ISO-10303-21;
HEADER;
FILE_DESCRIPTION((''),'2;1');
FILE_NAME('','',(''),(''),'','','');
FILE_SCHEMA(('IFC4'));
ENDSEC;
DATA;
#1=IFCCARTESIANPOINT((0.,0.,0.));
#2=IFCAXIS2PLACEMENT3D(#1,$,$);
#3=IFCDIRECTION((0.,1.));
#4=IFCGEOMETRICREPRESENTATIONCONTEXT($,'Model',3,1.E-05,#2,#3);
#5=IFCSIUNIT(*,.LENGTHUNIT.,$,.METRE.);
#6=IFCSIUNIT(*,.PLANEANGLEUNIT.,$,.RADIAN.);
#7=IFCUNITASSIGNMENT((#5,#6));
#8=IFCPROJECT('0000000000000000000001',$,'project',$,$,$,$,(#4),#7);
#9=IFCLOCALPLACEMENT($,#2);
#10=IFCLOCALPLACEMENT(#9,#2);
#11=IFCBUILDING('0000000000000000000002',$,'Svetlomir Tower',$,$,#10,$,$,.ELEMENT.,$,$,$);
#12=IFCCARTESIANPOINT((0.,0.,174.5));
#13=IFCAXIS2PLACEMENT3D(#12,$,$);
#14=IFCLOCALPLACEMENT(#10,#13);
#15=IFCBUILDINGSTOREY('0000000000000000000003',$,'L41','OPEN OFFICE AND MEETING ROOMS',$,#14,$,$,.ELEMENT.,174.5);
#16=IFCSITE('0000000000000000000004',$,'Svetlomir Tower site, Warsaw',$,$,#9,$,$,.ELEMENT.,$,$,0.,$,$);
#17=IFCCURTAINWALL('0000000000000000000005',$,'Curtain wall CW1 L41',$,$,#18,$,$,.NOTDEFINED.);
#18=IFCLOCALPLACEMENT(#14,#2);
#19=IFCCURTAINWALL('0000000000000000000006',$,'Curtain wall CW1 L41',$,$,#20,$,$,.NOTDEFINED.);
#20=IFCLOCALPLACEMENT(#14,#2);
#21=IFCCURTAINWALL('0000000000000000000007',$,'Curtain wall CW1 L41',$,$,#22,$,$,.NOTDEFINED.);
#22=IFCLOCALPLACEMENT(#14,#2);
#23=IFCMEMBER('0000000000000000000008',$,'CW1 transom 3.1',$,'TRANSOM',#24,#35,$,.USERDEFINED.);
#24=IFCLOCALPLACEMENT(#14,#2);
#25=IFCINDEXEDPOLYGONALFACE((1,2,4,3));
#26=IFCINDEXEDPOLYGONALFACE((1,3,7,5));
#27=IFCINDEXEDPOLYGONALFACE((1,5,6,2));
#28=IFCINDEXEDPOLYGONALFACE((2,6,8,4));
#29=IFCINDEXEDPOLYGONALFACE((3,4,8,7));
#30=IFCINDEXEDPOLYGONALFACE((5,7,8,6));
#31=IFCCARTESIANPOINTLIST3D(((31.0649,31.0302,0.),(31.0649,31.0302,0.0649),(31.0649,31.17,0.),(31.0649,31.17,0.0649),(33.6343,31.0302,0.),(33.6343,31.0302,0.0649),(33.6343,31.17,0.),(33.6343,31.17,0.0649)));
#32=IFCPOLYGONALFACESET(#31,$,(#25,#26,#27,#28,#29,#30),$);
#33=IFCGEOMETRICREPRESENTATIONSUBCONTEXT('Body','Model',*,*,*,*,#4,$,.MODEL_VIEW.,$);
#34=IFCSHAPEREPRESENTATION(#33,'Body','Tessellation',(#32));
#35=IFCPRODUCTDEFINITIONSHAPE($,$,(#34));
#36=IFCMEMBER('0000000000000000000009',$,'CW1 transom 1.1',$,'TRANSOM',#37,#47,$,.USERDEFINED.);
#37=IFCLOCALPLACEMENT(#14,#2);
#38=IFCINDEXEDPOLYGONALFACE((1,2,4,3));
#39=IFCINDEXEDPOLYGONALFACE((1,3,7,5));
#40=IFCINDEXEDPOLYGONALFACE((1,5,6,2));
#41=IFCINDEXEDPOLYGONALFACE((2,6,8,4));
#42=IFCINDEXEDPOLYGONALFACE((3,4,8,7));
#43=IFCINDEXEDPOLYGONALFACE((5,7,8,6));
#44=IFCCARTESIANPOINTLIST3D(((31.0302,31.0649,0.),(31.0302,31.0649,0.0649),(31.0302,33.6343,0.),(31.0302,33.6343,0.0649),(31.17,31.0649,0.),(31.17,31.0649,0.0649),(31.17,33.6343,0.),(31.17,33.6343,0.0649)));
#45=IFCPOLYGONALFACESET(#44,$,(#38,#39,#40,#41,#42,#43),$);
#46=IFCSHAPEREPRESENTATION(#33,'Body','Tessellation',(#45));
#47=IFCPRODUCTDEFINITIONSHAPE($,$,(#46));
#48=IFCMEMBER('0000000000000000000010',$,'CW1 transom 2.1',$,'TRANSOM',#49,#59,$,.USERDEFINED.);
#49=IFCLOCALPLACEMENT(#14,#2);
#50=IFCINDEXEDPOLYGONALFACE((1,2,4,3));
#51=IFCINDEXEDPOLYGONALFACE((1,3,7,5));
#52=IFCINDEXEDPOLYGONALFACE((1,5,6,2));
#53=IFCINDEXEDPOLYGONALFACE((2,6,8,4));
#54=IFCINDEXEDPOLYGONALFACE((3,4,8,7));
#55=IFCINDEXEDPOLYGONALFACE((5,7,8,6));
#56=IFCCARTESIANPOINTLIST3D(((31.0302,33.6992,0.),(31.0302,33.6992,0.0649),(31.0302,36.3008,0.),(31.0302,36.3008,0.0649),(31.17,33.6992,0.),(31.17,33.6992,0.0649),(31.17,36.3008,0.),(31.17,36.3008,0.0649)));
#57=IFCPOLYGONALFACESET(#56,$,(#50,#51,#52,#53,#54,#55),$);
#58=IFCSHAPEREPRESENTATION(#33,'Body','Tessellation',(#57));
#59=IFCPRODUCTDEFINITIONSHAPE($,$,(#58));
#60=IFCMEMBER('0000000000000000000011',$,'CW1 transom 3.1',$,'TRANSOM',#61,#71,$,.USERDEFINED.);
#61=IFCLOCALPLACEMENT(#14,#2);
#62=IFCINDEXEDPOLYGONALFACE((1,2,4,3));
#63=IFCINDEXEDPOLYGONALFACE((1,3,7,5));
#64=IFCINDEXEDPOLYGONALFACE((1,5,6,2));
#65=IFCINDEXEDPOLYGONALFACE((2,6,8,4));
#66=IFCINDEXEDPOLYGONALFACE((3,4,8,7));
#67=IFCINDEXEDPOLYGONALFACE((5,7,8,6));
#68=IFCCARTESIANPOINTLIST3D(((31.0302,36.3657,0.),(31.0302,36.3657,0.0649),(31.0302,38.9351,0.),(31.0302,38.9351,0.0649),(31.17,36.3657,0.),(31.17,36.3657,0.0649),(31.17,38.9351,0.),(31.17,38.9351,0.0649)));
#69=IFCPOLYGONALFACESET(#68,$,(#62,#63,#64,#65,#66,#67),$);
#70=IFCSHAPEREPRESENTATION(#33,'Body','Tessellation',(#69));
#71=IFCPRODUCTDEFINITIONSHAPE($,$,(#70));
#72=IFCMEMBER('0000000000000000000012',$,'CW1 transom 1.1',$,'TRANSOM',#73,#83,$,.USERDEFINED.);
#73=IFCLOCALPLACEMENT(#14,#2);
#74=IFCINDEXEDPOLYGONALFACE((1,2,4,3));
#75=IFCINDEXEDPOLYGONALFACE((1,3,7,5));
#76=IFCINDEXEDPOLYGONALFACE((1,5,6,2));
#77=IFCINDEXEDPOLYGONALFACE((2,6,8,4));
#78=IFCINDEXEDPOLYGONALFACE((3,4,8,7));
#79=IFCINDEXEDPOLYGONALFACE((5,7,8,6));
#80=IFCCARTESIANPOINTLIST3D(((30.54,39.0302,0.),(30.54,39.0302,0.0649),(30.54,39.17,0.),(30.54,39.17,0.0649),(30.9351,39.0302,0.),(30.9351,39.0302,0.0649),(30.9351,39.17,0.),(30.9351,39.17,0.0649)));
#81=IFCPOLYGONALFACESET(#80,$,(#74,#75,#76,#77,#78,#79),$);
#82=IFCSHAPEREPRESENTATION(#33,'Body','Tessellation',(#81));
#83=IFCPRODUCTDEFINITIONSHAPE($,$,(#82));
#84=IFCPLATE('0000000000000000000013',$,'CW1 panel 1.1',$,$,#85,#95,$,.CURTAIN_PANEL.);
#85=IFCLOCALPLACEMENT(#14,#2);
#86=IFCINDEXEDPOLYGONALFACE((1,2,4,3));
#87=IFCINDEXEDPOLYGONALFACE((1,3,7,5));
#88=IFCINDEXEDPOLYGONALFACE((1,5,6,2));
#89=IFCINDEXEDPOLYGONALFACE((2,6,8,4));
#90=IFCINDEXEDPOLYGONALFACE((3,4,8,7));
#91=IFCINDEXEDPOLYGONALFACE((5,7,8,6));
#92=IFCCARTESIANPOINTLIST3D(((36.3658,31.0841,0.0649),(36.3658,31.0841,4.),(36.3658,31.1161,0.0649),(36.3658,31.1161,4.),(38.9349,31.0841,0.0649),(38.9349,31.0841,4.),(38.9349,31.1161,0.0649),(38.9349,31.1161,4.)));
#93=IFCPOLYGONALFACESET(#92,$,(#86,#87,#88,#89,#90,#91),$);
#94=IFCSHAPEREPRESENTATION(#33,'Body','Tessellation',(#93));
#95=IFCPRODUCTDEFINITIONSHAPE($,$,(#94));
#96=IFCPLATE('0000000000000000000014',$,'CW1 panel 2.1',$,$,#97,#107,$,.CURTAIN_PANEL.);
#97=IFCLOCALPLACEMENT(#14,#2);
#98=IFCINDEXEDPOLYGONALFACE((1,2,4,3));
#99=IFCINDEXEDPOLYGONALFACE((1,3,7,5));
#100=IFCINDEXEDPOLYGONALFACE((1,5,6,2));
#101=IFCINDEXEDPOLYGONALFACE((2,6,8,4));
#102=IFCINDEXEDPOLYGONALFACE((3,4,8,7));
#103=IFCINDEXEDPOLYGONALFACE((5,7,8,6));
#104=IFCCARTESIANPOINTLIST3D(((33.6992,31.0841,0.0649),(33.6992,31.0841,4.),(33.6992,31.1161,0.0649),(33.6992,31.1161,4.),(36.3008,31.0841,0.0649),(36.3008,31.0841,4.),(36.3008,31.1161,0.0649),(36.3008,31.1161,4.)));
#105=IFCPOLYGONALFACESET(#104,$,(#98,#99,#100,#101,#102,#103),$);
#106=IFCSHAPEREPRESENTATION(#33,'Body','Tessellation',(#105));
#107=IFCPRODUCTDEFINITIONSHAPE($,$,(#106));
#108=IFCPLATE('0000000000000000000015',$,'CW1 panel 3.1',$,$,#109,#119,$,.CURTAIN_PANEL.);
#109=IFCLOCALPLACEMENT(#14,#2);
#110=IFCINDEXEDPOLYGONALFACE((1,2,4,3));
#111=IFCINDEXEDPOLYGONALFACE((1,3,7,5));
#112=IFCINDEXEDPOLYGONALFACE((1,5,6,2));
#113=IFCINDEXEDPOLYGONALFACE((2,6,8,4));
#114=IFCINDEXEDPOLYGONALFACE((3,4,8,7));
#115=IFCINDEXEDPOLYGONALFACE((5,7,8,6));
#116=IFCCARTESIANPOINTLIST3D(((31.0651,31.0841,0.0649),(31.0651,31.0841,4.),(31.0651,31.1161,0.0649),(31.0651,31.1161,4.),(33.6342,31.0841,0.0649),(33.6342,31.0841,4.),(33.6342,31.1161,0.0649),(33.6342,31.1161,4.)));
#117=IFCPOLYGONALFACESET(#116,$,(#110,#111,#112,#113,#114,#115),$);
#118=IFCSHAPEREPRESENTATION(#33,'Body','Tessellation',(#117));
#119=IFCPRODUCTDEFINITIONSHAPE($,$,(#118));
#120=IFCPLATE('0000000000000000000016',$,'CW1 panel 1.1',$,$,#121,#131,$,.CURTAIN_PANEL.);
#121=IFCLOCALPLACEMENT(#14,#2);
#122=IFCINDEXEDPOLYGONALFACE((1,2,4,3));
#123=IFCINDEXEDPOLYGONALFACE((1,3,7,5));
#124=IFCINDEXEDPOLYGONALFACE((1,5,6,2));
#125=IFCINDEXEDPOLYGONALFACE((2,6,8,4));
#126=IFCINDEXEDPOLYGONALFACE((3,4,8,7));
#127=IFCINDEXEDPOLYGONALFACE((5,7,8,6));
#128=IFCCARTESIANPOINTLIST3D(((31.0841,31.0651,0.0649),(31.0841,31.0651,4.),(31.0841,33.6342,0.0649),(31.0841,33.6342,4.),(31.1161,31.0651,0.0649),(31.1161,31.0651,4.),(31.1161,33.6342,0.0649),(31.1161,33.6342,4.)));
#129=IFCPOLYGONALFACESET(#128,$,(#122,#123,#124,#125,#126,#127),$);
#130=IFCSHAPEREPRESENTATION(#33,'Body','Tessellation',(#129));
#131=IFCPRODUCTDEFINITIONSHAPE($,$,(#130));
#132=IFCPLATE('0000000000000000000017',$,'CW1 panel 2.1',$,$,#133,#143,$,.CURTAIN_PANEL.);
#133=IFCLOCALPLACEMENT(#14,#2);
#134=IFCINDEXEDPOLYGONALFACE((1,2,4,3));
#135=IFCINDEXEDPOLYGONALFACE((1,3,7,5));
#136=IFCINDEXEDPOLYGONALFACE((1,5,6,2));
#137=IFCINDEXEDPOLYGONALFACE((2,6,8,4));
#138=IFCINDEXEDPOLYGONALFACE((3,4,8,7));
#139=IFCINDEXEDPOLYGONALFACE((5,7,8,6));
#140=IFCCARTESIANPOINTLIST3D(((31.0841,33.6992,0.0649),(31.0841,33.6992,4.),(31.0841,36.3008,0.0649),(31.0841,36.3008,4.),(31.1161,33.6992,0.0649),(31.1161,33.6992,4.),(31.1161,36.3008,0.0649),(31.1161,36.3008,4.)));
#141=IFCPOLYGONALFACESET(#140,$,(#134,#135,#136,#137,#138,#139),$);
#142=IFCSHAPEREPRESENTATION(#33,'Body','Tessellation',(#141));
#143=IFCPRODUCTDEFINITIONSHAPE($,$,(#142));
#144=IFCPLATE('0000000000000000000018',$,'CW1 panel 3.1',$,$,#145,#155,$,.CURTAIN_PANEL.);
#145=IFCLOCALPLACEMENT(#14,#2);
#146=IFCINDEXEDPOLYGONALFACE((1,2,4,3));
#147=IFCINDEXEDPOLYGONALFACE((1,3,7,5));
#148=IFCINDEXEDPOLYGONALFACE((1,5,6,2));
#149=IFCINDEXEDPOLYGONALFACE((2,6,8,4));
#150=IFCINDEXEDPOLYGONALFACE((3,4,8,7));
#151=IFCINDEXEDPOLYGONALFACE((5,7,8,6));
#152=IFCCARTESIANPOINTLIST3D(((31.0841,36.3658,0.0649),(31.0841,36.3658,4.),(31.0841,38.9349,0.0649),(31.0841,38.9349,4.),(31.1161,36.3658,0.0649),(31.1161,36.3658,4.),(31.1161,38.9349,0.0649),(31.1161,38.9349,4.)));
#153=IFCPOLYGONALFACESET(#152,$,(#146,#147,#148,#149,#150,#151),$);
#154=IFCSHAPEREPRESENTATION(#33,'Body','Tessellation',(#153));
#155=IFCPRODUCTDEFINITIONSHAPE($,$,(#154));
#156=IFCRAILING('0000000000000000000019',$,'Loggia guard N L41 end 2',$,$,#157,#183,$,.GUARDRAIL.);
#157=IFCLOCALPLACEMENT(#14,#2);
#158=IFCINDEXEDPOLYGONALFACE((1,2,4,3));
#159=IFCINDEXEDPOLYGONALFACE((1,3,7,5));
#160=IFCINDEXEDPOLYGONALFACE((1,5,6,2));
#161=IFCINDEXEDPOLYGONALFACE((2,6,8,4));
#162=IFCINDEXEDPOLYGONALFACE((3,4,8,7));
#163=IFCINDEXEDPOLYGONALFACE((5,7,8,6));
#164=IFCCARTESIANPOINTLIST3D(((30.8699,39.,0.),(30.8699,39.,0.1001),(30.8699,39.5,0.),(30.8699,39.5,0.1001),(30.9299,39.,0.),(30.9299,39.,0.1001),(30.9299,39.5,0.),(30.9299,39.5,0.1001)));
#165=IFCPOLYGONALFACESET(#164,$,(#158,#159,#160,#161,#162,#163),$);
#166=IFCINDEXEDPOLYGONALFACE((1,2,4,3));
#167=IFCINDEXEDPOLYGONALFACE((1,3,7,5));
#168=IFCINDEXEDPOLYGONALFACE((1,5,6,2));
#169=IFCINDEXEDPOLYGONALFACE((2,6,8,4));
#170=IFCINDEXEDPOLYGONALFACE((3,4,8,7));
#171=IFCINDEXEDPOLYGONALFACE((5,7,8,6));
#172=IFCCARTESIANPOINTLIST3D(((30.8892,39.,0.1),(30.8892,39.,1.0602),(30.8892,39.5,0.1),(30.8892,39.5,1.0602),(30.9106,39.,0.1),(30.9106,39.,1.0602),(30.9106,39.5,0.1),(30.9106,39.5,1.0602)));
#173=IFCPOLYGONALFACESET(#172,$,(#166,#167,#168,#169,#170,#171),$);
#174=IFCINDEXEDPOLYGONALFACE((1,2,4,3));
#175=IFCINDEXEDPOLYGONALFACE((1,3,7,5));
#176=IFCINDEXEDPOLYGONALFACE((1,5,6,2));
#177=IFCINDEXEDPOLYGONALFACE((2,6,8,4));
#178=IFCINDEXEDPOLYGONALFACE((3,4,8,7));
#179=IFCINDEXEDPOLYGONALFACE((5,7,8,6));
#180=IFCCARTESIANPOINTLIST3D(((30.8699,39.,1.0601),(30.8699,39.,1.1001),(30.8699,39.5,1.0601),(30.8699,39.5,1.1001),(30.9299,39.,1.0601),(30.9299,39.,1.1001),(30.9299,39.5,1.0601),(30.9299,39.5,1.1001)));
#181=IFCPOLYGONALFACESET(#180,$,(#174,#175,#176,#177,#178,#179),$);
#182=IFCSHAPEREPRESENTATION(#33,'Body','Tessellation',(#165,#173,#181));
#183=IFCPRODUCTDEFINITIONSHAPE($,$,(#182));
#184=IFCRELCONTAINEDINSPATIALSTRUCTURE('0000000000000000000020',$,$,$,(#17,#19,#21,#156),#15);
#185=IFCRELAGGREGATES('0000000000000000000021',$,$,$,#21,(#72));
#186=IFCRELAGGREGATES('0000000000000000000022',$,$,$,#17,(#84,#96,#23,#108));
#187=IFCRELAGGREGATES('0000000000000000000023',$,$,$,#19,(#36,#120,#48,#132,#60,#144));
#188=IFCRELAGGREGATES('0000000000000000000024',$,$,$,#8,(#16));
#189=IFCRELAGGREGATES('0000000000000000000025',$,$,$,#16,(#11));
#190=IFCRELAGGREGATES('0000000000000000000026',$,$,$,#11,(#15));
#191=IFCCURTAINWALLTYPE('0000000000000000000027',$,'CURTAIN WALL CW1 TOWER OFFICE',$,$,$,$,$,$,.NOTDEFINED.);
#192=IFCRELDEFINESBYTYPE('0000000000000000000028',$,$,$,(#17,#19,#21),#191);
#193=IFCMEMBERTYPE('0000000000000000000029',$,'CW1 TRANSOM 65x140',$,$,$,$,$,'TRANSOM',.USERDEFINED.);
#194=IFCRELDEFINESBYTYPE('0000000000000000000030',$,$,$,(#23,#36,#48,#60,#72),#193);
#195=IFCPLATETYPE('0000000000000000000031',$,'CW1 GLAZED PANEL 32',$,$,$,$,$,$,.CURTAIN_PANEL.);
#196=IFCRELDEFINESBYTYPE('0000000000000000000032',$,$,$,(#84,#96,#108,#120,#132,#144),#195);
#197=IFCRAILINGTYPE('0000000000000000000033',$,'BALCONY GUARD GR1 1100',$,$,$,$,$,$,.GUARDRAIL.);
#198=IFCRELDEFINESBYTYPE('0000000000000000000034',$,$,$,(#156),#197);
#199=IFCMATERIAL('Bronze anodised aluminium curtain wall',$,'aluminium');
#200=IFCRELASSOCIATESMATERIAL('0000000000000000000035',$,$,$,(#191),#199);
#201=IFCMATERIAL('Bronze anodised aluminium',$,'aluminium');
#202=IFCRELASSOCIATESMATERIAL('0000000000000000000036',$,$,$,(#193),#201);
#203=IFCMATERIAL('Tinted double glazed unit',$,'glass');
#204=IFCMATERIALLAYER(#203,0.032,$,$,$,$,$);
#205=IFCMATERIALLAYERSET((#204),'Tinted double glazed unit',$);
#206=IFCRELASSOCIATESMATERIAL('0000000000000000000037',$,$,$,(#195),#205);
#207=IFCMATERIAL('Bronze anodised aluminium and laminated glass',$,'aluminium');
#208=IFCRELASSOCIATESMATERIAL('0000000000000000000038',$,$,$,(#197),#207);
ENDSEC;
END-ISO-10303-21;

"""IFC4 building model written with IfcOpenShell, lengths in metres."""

from ifc_helpers import new_model, si_unit, direction, frame, origin, origin_2d, place, context, subcontext, project, spatial, rectangle, extrude, material, layer, layer_set, material_profile, profile_set, type_object, element, aggregate, save


model = new_model("IFC4")

# Units and contexts
model_context = context("Model", 3, precision=1e-05, world=origin(), true_north=direction((0.0, 1.0)))
body_context = subcontext(model_context, "Body", "Model", "MODEL_VIEW")
ifc_project = project(units=[si_unit("LENGTHUNIT", "METRE"), si_unit("PLANEANGLEUNIT", "RADIAN")], contexts=[model_context])

# Site, building, storey
site_placement = place(None, origin())
site = spatial("IfcSite", under=ifc_project, at=site_placement, Name="Svetlomir Tower site, Warsaw", CompositionType="ELEMENT", RefElevation=0.0)
building_placement = place(site_placement, origin())
building = spatial("IfcBuilding", under=site, at=building_placement, Name="Svetlomir Tower", CompositionType="ELEMENT")
storey_placement = place(building_placement, frame((0.0, 0.0, 174.5)))
storey = spatial("IfcBuildingStorey", under=building, at=storey_placement, Name="L41", Description="OPEN OFFICE AND MEETING ROOMS", CompositionType="ELEMENT", Elevation=174.5)

# Curtain walls
ifc_material_1 = material(Name="Bronze anodised aluminium curtain wall", Category="aluminium")
curtain_wall_type = type_object("IfcCurtainWallType", Name="CURTAIN WALL CW1 TOWER OFFICE", PredefinedType="NOTDEFINED", material=ifc_material_1)
curtain_wall_1_placement = place(storey_placement, origin())
curtain_wall_1 = element("IfcCurtainWall", 1, at=curtain_wall_1_placement, inside=storey, type_object=curtain_wall_type, Name="Curtain wall CW1 L41", PredefinedType="NOTDEFINED")
curtain_wall_2_placement = place(storey_placement, origin())
curtain_wall_2 = element("IfcCurtainWall", 2, at=curtain_wall_2_placement, inside=storey, type_object=curtain_wall_type, Name="Curtain wall CW1 L41", PredefinedType="NOTDEFINED")

# Curtain wall
curtain_wall_3_placement = place(storey_placement, origin())
curtain_wall_3 = element("IfcCurtainWall", 3, at=curtain_wall_3_placement, inside=storey, type_object=curtain_wall_type, Name="Curtain wall CW1 L41", PredefinedType="NOTDEFINED")

# Members
ifc_material_2 = material(Name="Bronze anodised aluminium", Category="aluminium")
ifc_material_profile_1 = material_profile(ifc_material_2, rectangle(XDim=0.1399, YDim=0.0649, at=origin_2d()), Name="AL 140x65")
ifc_profile_set_1 = profile_set([ifc_material_profile_1], Name="Bronze anodised aluminium 6063-T6")
member_type_1 = type_object("IfcMemberType", Name="CW1 TRANSOM 65x140", ElementType="TRANSOM", PredefinedType="USERDEFINED", material=ifc_profile_set_1)
member_1_placement = place(storey_placement, frame((33.6343, 31.1001, 0.0325), z_axis=(-1.0, 0.0, 0.0), x_axis=(0.0, -1.0, 0.0)))
member_1 = element("IfcMember", 4, at=member_1_placement, type_object=member_type_1, Name="CW1 transom 3.1", ObjectType="TRANSOM", PredefinedType="USERDEFINED", context=body_context, shape_type="SweptSolid", body=[
    extrude(rectangle(XDim=0.1399, YDim=0.0649, at=origin_2d()), origin(), (0.0, 0.0, 1.0), 2.5693),
])
member_2_placement = place(storey_placement, frame((31.1001, 31.0649, 0.0325), z_axis=(0.0, 1.0, 0.0), x_axis=(-1.0, 0.0, 0.0)))
member_2 = element("IfcMember", 5, at=member_2_placement, type_object=member_type_1, Name="CW1 transom 1.1", ObjectType="TRANSOM", PredefinedType="USERDEFINED", context=body_context, shape_type="SweptSolid", body=[
    extrude(rectangle(XDim=0.1399, YDim=0.0649, at=origin_2d()), origin(), (0.0, 0.0, 1.0), 2.5693),
])
member_3_placement = place(storey_placement, frame((31.1001, 33.6992, 0.0325), z_axis=(0.0, 1.0, 0.0), x_axis=(-1.0, 0.0, 0.0)))
member_3 = element("IfcMember", 6, at=member_3_placement, type_object=member_type_1, Name="CW1 transom 2.1", ObjectType="TRANSOM", PredefinedType="USERDEFINED", context=body_context, shape_type="SweptSolid", body=[
    extrude(rectangle(XDim=0.1399, YDim=0.0649, at=origin_2d()), origin(), (0.0, 0.0, 1.0), 2.6016),
])
member_4_placement = place(storey_placement, frame((31.1001, 36.3657, 0.0325), z_axis=(0.0, 1.0, 0.0), x_axis=(-1.0, 0.0, 0.0)))
member_4 = element("IfcMember", 7, at=member_4_placement, type_object=member_type_1, Name="CW1 transom 3.1", ObjectType="TRANSOM", PredefinedType="USERDEFINED", context=body_context, shape_type="SweptSolid", body=[
    extrude(rectangle(XDim=0.1399, YDim=0.0649, at=origin_2d()), origin(), (0.0, 0.0, 1.0), 2.5693),
])
member_5_placement = place(storey_placement, frame((30.9351, 39.1001, 0.0325), z_axis=(-1.0, 0.0, 0.0), x_axis=(0.0, -1.0, 0.0)))
member_5 = element("IfcMember", 8, at=member_5_placement, type_object=member_type_1, Name="CW1 transom 1.1", ObjectType="TRANSOM", PredefinedType="USERDEFINED", context=body_context, shape_type="SweptSolid", body=[
    extrude(rectangle(XDim=0.1399, YDim=0.0649, at=origin_2d()), origin(), (0.0, 0.0, 1.0), 0.395),
])
aggregate(curtain_wall_3, [member_5])

# Plates
ifc_material_3 = material(Name="Tinted double glazed unit", Category="glass")
ifc_layer = layer(ifc_material_3, 0.032)
ifc_layer_set = layer_set([ifc_layer], Name="Tinted double glazed unit")
plate_type = type_object("IfcPlateType", Name="CW1 GLAZED PANEL 32", PredefinedType="CURTAIN_PANEL", material=ifc_layer_set)
plate_1_placement = place(storey_placement, frame((37.6504, 31.1001, 0.0649), z_axis=(0.0, 0.0, 1.0), x_axis=(-1.0, 0.0, 0.0)))
plate_1 = element("IfcPlate", 9, at=plate_1_placement, type_object=plate_type, Name="CW1 panel 1.1", PredefinedType="CURTAIN_PANEL", context=body_context, shape_type="SweptSolid", body=[
    extrude(rectangle(XDim=2.5691, YDim=0.032, at=origin_2d()), origin(), (0.0, 0.0, 1.0), 3.9351),
])
plate_2_placement = place(storey_placement, frame((35.0, 31.1001, 0.0649), z_axis=(0.0, 0.0, 1.0), x_axis=(-1.0, 0.0, 0.0)))
plate_2 = element("IfcPlate", 10, at=plate_2_placement, type_object=plate_type, Name="CW1 panel 2.1", PredefinedType="CURTAIN_PANEL", context=body_context, shape_type="SweptSolid", body=[
    extrude(rectangle(XDim=2.6016, YDim=0.032, at=origin_2d()), origin(), (0.0, 0.0, 1.0), 3.9351),
])
plate_3_placement = place(storey_placement, frame((32.3496, 31.1001, 0.0649), z_axis=(0.0, 0.0, 1.0), x_axis=(-1.0, 0.0, 0.0)))
plate_3 = element("IfcPlate", 11, at=plate_3_placement, type_object=plate_type, Name="CW1 panel 3.1", PredefinedType="CURTAIN_PANEL", context=body_context, shape_type="SweptSolid", body=[
    extrude(rectangle(XDim=2.5691, YDim=0.032, at=origin_2d()), origin(), (0.0, 0.0, 1.0), 3.9351),
])
aggregate(curtain_wall_1, [plate_1, plate_2, member_1, plate_3])
plate_4_placement = place(storey_placement, frame((31.1001, 32.3496, 0.0649), z_axis=(0.0, 0.0, 1.0), x_axis=(0.0, 1.0, 0.0)))
plate_4 = element("IfcPlate", 12, at=plate_4_placement, type_object=plate_type, Name="CW1 panel 1.1", PredefinedType="CURTAIN_PANEL", context=body_context, shape_type="SweptSolid", body=[
    extrude(rectangle(XDim=2.5691, YDim=0.032, at=origin_2d()), origin(), (0.0, 0.0, 1.0), 3.9351),
])
plate_5_placement = place(storey_placement, frame((31.1001, 35.0, 0.0649), z_axis=(0.0, 0.0, 1.0), x_axis=(0.0, 1.0, 0.0)))
plate_5 = element("IfcPlate", 13, at=plate_5_placement, type_object=plate_type, Name="CW1 panel 2.1", PredefinedType="CURTAIN_PANEL", context=body_context, shape_type="SweptSolid", body=[
    extrude(rectangle(XDim=2.6016, YDim=0.032, at=origin_2d()), origin(), (0.0, 0.0, 1.0), 3.9351),
])
plate_6_placement = place(storey_placement, frame((31.1001, 37.6504, 0.0649), z_axis=(0.0, 0.0, 1.0), x_axis=(0.0, 1.0, 0.0)))
plate_6 = element("IfcPlate", 14, at=plate_6_placement, type_object=plate_type, Name="CW1 panel 3.1", PredefinedType="CURTAIN_PANEL", context=body_context, shape_type="SweptSolid", body=[
    extrude(rectangle(XDim=2.5691, YDim=0.032, at=origin_2d()), origin(), (0.0, 0.0, 1.0), 3.9351),
])
aggregate(curtain_wall_2, [member_2, plate_4, member_3, plate_5, member_4, plate_6])

# Railing
ifc_material_4 = material(Name="Bronze anodised aluminium and laminated glass", Category="aluminium")
railing_type = type_object("IfcRailingType", Name="BALCONY GUARD GR1 1100", PredefinedType="GUARDRAIL", material=ifc_material_4)
railing_placement = place(storey_placement, frame((30.8999, 39.5, 0.0)))
element("IfcRailing", 15, at=railing_placement, inside=storey, type_object=railing_type, Name="Loggia guard N L41 end 2", PredefinedType="GUARDRAIL", context=body_context, shape_type="SweptSolid", body=[
    extrude(rectangle(XDim=0.0601, YDim=0.1001, at=origin_2d()), frame((0.0, 0.0, 0.05), z_axis=(0.0, -1.0, 0.0), x_axis=(1.0, 0.0, 0.0)), (0.0, 0.0, 1.0), 0.5),
    extrude(rectangle(XDim=0.0215, YDim=0.9602, at=origin_2d()), frame((0.0, 0.0, 0.5801), z_axis=(0.0, -1.0, 0.0), x_axis=(1.0, 0.0, 0.0)), (0.0, 0.0, 1.0), 0.5),
    extrude(rectangle(XDim=0.0601, YDim=0.04, at=origin_2d()), frame((0.0, 0.0, 1.0801), z_axis=(0.0, -1.0, 0.0), x_axis=(1.0, 0.0, 0.0)), (0.0, 0.0, 1.0), 0.5),
])

save(model, "model.ifc")
